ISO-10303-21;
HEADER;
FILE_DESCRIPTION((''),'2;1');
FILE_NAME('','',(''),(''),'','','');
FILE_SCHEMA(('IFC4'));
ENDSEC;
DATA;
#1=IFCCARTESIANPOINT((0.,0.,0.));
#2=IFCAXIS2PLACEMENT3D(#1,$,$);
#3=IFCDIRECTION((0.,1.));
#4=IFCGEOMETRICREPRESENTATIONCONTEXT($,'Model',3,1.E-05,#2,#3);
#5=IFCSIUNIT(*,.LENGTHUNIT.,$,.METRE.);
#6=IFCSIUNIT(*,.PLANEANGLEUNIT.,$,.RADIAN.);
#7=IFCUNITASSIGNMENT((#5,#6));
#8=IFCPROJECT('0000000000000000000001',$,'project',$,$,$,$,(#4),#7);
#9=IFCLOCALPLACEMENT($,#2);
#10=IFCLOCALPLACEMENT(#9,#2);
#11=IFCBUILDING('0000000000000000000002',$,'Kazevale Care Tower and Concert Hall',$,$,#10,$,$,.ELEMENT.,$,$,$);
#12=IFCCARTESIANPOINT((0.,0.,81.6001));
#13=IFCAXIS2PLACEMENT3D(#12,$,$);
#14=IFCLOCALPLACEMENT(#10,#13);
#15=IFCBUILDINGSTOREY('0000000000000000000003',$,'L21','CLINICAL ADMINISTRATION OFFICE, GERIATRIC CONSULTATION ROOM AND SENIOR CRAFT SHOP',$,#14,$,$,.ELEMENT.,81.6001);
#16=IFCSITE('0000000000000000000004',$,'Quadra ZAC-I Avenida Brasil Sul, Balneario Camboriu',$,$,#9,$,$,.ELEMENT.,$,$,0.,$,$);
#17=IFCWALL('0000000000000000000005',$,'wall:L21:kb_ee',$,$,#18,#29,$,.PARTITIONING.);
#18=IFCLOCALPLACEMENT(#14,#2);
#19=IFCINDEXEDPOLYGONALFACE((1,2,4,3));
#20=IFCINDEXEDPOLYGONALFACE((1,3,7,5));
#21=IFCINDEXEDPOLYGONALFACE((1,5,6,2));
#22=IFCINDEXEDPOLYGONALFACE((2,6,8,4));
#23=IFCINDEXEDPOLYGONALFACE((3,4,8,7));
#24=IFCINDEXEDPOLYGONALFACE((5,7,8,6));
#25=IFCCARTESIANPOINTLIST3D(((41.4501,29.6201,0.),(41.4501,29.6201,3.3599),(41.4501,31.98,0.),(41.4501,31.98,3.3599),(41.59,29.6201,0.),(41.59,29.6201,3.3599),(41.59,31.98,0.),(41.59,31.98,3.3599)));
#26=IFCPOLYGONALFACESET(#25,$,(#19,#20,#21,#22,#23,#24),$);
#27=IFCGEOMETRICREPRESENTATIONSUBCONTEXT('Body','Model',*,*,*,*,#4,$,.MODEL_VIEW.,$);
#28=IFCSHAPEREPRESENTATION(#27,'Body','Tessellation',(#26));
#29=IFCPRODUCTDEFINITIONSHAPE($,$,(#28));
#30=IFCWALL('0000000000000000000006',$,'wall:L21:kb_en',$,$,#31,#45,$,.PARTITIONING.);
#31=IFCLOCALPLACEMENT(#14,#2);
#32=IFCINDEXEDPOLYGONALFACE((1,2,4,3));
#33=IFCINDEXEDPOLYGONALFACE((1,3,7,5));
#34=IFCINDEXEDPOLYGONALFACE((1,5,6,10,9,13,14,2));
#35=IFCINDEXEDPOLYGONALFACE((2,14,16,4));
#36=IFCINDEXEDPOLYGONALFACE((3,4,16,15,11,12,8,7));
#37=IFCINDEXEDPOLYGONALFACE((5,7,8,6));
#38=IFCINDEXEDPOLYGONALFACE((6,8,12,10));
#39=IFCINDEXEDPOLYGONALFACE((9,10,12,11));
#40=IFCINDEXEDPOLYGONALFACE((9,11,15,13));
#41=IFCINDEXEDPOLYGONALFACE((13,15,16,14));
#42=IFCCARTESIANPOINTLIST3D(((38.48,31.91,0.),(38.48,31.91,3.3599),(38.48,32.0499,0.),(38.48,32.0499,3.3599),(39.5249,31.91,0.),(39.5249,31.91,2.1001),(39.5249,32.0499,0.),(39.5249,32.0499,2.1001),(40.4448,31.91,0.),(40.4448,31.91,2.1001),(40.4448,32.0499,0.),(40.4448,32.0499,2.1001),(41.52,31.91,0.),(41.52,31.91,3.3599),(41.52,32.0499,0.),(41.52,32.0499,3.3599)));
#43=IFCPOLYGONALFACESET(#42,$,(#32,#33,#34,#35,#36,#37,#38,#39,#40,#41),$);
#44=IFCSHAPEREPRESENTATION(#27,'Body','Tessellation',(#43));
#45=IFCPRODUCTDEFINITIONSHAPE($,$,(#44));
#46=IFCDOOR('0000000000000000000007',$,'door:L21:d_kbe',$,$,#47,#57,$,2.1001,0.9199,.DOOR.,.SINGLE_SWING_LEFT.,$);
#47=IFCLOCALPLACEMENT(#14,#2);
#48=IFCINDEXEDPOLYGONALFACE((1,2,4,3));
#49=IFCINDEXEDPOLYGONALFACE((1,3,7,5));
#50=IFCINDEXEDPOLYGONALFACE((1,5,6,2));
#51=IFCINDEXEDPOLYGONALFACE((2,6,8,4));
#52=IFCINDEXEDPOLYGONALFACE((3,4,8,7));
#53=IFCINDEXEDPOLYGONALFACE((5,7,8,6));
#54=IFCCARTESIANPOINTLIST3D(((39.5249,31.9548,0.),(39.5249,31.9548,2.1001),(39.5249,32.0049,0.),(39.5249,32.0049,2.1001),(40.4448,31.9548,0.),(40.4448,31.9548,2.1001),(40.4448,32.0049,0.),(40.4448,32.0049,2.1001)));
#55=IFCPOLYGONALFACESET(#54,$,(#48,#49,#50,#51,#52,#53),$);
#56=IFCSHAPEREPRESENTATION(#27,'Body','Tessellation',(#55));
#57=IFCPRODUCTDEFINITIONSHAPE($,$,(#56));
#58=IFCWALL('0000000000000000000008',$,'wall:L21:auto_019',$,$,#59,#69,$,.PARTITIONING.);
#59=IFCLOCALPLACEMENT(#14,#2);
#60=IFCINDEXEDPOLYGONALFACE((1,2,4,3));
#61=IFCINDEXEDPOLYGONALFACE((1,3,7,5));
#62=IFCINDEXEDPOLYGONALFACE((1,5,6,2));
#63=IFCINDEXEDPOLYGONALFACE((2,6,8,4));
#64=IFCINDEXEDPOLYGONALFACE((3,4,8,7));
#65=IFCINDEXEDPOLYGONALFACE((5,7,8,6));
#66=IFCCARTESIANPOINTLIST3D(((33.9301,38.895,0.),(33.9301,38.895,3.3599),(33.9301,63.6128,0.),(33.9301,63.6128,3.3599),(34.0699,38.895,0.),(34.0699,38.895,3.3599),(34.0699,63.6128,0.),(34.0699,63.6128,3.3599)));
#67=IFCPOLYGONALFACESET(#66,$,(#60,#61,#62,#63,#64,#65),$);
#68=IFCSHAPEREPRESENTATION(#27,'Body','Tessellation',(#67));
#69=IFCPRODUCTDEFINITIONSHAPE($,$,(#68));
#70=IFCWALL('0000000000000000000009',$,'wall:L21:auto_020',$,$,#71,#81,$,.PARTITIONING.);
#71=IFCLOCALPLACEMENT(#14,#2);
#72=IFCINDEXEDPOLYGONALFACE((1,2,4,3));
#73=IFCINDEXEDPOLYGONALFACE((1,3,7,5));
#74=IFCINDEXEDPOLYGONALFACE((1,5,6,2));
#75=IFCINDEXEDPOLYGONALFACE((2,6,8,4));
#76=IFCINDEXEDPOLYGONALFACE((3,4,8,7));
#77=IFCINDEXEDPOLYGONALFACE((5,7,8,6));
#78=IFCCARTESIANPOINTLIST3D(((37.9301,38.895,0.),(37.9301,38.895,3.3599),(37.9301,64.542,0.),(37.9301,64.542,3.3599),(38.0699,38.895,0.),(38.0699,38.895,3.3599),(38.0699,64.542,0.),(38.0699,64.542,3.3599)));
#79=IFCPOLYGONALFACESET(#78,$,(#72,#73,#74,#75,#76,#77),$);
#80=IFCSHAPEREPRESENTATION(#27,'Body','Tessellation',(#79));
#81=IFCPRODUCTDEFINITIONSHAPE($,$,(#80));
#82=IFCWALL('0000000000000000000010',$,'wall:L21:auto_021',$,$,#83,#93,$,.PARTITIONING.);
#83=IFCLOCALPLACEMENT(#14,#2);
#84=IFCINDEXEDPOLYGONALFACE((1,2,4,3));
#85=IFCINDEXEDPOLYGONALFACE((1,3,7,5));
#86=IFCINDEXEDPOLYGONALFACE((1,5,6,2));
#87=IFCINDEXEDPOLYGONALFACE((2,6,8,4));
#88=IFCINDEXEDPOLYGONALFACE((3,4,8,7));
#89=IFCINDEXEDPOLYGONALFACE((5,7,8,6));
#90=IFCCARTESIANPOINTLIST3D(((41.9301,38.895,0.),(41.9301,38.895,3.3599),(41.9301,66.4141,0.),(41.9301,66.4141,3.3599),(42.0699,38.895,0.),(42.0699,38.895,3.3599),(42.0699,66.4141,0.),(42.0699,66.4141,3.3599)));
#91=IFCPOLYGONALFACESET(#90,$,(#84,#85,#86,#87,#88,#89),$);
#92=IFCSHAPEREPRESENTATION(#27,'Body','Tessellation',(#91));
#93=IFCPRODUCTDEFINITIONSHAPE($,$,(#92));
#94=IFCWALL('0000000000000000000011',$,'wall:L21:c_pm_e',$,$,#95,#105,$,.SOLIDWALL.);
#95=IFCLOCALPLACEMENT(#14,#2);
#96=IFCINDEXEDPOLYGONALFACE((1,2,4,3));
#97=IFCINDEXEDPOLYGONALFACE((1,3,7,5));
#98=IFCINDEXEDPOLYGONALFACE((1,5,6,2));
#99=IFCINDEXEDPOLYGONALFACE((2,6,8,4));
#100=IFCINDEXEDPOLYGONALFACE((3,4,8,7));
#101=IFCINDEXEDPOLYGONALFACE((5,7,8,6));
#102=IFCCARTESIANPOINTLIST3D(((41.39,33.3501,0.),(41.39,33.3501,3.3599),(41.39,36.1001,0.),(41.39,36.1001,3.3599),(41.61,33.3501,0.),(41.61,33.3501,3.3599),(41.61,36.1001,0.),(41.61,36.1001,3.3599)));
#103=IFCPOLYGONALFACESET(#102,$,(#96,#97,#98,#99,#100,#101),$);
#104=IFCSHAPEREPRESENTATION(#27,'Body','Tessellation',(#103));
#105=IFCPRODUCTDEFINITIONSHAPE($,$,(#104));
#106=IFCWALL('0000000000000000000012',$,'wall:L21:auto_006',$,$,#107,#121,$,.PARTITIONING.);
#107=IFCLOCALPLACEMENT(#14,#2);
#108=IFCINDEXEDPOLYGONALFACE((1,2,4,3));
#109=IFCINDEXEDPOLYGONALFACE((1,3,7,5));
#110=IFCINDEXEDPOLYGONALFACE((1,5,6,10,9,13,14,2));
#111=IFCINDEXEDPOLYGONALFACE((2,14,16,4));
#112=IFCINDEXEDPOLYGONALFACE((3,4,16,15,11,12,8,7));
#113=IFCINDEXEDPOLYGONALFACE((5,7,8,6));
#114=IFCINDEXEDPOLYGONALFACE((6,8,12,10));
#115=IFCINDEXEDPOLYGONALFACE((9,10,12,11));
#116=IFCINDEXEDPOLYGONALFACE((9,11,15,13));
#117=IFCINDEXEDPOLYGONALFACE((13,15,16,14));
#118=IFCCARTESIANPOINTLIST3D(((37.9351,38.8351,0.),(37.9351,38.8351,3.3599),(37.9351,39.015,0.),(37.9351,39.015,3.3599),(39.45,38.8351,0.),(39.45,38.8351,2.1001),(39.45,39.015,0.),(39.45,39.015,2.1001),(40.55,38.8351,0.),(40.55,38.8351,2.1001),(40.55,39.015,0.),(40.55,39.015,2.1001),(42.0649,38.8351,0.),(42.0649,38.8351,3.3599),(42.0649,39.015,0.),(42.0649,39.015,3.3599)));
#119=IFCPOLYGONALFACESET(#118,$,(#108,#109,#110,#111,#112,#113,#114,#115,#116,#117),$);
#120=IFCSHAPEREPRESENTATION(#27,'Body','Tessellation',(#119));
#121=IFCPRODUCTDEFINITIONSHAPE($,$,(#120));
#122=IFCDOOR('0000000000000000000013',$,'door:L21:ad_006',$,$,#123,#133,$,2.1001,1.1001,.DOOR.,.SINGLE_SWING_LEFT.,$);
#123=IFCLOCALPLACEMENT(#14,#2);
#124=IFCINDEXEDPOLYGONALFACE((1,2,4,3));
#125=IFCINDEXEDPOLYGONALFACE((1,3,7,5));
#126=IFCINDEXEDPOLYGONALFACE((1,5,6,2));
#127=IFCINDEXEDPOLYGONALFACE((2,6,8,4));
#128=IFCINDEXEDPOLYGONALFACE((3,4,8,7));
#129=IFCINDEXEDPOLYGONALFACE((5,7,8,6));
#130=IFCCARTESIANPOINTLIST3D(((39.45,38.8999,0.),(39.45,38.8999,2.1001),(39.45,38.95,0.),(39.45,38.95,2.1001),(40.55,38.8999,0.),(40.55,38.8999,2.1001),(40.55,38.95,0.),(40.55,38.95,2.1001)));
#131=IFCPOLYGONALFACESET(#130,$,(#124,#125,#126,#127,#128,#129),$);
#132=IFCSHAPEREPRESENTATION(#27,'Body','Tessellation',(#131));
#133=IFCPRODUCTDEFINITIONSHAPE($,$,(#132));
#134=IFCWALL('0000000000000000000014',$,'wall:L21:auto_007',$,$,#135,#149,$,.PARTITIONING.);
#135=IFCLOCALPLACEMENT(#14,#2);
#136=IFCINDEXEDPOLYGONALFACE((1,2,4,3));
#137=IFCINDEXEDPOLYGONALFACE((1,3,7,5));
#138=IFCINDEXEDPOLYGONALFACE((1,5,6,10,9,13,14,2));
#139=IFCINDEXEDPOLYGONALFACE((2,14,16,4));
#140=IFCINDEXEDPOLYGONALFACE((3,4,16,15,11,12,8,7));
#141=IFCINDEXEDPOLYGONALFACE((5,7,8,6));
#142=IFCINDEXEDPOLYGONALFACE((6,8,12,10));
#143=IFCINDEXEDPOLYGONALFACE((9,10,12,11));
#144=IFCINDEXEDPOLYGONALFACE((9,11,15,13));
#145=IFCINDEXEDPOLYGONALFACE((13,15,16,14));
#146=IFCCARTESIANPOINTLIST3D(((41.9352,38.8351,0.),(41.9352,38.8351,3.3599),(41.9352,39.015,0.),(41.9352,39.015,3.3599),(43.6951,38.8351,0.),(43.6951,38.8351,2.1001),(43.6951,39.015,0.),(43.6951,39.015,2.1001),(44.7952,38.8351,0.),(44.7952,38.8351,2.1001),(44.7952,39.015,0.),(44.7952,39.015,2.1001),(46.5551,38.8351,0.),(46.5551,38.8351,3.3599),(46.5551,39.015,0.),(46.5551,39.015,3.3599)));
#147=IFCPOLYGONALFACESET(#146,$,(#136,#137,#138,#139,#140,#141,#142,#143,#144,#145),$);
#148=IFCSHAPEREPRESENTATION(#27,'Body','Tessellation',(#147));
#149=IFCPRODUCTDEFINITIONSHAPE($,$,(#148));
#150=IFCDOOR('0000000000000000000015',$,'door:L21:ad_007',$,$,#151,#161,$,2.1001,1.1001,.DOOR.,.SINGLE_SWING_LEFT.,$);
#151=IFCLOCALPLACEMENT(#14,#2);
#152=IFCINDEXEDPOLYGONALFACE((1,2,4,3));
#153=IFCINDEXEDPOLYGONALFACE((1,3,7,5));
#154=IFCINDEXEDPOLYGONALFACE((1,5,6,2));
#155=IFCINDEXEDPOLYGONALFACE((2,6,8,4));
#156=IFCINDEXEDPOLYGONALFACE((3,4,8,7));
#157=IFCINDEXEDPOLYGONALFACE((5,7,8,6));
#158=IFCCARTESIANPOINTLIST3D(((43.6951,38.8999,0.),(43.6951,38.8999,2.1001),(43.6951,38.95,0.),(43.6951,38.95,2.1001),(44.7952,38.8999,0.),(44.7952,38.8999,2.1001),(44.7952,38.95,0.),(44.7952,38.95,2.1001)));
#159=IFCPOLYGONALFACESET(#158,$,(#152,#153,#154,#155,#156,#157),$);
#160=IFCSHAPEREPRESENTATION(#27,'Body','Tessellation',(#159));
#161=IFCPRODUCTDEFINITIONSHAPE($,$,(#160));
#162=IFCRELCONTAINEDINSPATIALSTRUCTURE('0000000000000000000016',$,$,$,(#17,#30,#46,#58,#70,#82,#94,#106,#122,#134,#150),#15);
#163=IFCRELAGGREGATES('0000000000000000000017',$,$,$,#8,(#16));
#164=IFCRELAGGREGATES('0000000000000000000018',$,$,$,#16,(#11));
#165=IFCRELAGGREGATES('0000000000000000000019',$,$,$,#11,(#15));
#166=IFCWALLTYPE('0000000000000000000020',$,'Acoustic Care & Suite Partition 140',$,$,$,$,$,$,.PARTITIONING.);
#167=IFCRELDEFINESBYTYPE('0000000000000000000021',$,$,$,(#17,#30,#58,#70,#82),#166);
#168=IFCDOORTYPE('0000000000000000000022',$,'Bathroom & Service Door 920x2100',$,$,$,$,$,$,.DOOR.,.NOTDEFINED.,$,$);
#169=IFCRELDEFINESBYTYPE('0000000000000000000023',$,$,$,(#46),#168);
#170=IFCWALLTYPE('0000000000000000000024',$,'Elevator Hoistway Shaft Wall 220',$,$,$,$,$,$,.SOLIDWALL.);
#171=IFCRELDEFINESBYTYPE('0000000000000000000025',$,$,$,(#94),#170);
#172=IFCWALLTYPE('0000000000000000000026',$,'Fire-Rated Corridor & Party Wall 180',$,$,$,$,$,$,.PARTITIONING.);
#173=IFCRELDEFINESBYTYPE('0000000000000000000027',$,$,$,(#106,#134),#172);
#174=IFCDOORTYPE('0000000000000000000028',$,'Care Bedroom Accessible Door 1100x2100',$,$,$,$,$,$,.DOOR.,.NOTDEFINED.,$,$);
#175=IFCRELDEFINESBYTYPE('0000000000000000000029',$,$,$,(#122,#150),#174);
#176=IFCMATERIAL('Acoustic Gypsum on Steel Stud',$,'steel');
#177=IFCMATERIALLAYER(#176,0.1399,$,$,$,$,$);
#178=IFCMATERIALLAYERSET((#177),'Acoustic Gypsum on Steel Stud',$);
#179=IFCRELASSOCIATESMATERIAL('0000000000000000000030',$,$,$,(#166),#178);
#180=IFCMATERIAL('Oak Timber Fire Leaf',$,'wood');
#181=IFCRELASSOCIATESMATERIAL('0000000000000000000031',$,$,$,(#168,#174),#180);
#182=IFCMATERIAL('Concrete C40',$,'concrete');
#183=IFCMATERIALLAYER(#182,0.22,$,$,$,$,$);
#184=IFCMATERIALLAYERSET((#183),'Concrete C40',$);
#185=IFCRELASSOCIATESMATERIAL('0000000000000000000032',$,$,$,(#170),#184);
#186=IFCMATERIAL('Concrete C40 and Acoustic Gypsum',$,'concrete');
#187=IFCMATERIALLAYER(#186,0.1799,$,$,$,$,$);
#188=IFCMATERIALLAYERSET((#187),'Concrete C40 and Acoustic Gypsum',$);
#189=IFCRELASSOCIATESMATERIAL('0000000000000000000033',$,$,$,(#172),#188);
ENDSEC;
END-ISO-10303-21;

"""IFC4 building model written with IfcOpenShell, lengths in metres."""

from ifc_helpers import new_model, si_unit, direction, frame, frame_2d, origin, place, context, subcontext, project, spatial, rectangle, extrude, material, layer, layer_set, type_object, element, fill, save


model = new_model("IFC4")

# Units and contexts
model_context = context("Model", 3, precision=1e-05, world=origin(), true_north=direction((0.0, 1.0)))
body_context = subcontext(model_context, "Body", "Model", "MODEL_VIEW")
ifc_project = project(units=[si_unit("LENGTHUNIT", "METRE"), si_unit("PLANEANGLEUNIT", "RADIAN")], contexts=[model_context])

# Site, building, storey
site_placement = place(None, origin())
site = spatial("IfcSite", under=ifc_project, at=site_placement, Name="Quadra ZAC-I Avenida Brasil Sul, Balneario Camboriu", CompositionType="ELEMENT", RefElevation=0.0)
building_placement = place(site_placement, origin())
building = spatial("IfcBuilding", under=site, at=building_placement, Name="Kazevale Care Tower and Concert Hall", CompositionType="ELEMENT")
storey_placement = place(building_placement, frame((0.0, 0.0, 81.6001)))
storey = spatial("IfcBuildingStorey", under=building, at=storey_placement, Name="L21", Description="CLINICAL ADMINISTRATION OFFICE, GERIATRIC CONSULTATION ROOM AND SENIOR CRAFT SHOP", CompositionType="ELEMENT", Elevation=81.6001)

# Wall
ifc_material_1 = material(Name="Acoustic Gypsum on Steel Stud", Category="steel")
ifc_layer_1 = layer(ifc_material_1, 0.1399)
ifc_layer_set_1 = layer_set([ifc_layer_1], Name="Acoustic Gypsum on Steel Stud")
wall_type_1 = type_object("IfcWallType", Name="Acoustic Care & Suite Partition 140", PredefinedType="PARTITIONING", material=ifc_layer_set_1)
for number, where, z_axis, x_axis, name in (
    (1, (41.52, 29.6201, 0.0), (0.0, 0.0, 1.0), (0.0, 1.0, 0.0), "wall:L21:kb_ee"),
):
    element("IfcWall", number, at=place(storey_placement, frame(where, z_axis=z_axis, x_axis=x_axis)), inside=storey, type_object=wall_type_1, Name=name, PredefinedType="PARTITIONING", context=body_context, shape_type="SweptSolid", body=[
        extrude(rectangle(XDim=2.3599, YDim=0.1399, at=frame_2d((1.1799, 0.0))), origin(), (0.0, 0.0, 1.0), 3.3599),
    ])

# Wall, opening, door
wall_1_placement = place(storey_placement, frame((38.48, 31.98, 0.0), z_axis=(0.0, 0.0, 1.0), x_axis=(1.0, 0.0, 0.0)))
wall_1 = element("IfcWall", 2, at=wall_1_placement, inside=storey, type_object=wall_type_1, Name="wall:L21:kb_en", PredefinedType="PARTITIONING", context=body_context, shape_type="SweptSolid", body=[
    extrude(rectangle(XDim=3.04, YDim=0.1399, at=frame_2d((1.52, 0.0))), origin(), (0.0, 0.0, 1.0), 3.3599),
])
opening_1_placement = place(wall_1_placement, frame((1.0449, 0.0, 0.0)))
opening_1 = element("IfcOpeningElement", 3, at=opening_1_placement, cuts=wall_1, PredefinedType="OPENING", context=body_context, shape_type="SweptSolid", body=[
    extrude(rectangle(XDim=0.9199, YDim=2.1001, at=frame_2d((0.46, 1.05))), frame((0.0, 0.0798, 0.0), z_axis=(0.0, -1.0, 0.0), x_axis=(1.0, 0.0, 0.0)), (0.0, 0.0, 1.0), 0.1599),
])
ifc_material_2 = material(Name="Oak Timber Fire Leaf", Category="wood")
door_type_1 = type_object("IfcDoorType", Name="Bathroom & Service Door 920x2100", OperationType="NOTDEFINED", PredefinedType="DOOR", material=ifc_material_2)
door_1_placement = place(opening_1_placement, origin())
door_1 = element("IfcDoor", 4, at=door_1_placement, inside=storey, type_object=door_type_1, Name="door:L21:d_kbe", OperationType="SINGLE_SWING_LEFT", OverallHeight=2.1001, OverallWidth=0.9199, PredefinedType="DOOR", context=body_context, shape_type="SweptSolid", body=[
    extrude(rectangle(XDim=0.9199, YDim=2.1001, at=frame_2d((0.46, 1.05))), frame((0.0, 0.0249, 0.0), z_axis=(0.0, -1.0, 0.0), x_axis=(1.0, 0.0, 0.0)), (0.0, 0.0, 1.0), 0.05),
])
fill(opening_1, door_1)

# Walls
wall_2_placement = place(storey_placement, frame((34.0, 63.6128, 0.0), z_axis=(0.0, 0.0, 1.0), x_axis=(0.0, -1.0, 0.0)))
element("IfcWall", 5, at=wall_2_placement, inside=storey, type_object=wall_type_1, Name="wall:L21:auto_019", PredefinedType="PARTITIONING", context=body_context, shape_type="SweptSolid", body=[
    extrude(rectangle(XDim=24.7178, YDim=0.1399, at=frame_2d((12.3589, 0.0))), origin(), (0.0, 0.0, 1.0), 3.3599),
])
wall_3_placement = place(storey_placement, frame((38.0, 64.542, 0.0), z_axis=(0.0, 0.0, 1.0), x_axis=(0.0, -1.0, 0.0)))
element("IfcWall", 6, at=wall_3_placement, inside=storey, type_object=wall_type_1, Name="wall:L21:auto_020", PredefinedType="PARTITIONING", context=body_context, shape_type="SweptSolid", body=[
    extrude(rectangle(XDim=25.647, YDim=0.1399, at=frame_2d((12.8235, 0.0))), origin(), (0.0, 0.0, 1.0), 3.3599),
])
wall_4_placement = place(storey_placement, frame((42.0, 66.4141, 0.0), z_axis=(0.0, 0.0, 1.0), x_axis=(0.0, -1.0, 0.0)))
element("IfcWall", 7, at=wall_4_placement, inside=storey, type_object=wall_type_1, Name="wall:L21:auto_021", PredefinedType="PARTITIONING", context=body_context, shape_type="SweptSolid", body=[
    extrude(rectangle(XDim=27.519, YDim=0.1399, at=frame_2d((13.7595, 0.0))), origin(), (0.0, 0.0, 1.0), 3.3599),
])
ifc_material_3 = material(Name="Concrete C40", Category="concrete")
ifc_layer_2 = layer(ifc_material_3, 0.22)
ifc_layer_set_2 = layer_set([ifc_layer_2], Name="Concrete C40")
wall_type_2 = type_object("IfcWallType", Name="Elevator Hoistway Shaft Wall 220", PredefinedType="SOLIDWALL", material=ifc_layer_set_2)
wall_5_placement = place(storey_placement, frame((41.5, 33.3501, 0.0), z_axis=(0.0, 0.0, 1.0), x_axis=(0.0, 1.0, 0.0)))
element("IfcWall", 8, at=wall_5_placement, inside=storey, type_object=wall_type_2, Name="wall:L21:c_pm_e", PredefinedType="SOLIDWALL", context=body_context, shape_type="SweptSolid", body=[
    extrude(rectangle(XDim=2.75, YDim=0.22, at=frame_2d((1.375, 0.0))), origin(), (0.0, 0.0, 1.0), 3.3599),
])

# Walls, openings, doors
ifc_material_4 = material(Name="Concrete C40 and Acoustic Gypsum", Category="concrete")
ifc_layer_3 = layer(ifc_material_4, 0.1799)
ifc_layer_set_3 = layer_set([ifc_layer_3], Name="Concrete C40 and Acoustic Gypsum")
wall_type_3 = type_object("IfcWallType", Name="Fire-Rated Corridor & Party Wall 180", PredefinedType="PARTITIONING", material=ifc_layer_set_3)
wall_6_placement = place(storey_placement, frame((37.9351, 38.925, 0.0), z_axis=(0.0, 0.0, 1.0), x_axis=(1.0, 0.0, 0.0)))
wall_6 = element("IfcWall", 9, at=wall_6_placement, inside=storey, type_object=wall_type_3, Name="wall:L21:auto_006", PredefinedType="PARTITIONING", context=body_context, shape_type="SweptSolid", body=[
    extrude(rectangle(XDim=4.1299, YDim=0.1799, at=frame_2d((2.0649, 0.0))), origin(), (0.0, 0.0, 1.0), 3.3599),
])
opening_2_placement = place(wall_6_placement, frame((1.5149, 0.0, 0.0)))
opening_2 = element("IfcOpeningElement", 10, at=opening_2_placement, cuts=wall_6, PredefinedType="OPENING", context=body_context, shape_type="SweptSolid", body=[
    extrude(rectangle(XDim=1.1001, YDim=2.1001, at=frame_2d((0.55, 1.05))), frame((0.0, 0.0999, 0.0), z_axis=(0.0, -1.0, 0.0), x_axis=(1.0, 0.0, 0.0)), (0.0, 0.0, 1.0), 0.2),
])
door_type_2 = type_object("IfcDoorType", Name="Care Bedroom Accessible Door 1100x2100", OperationType="NOTDEFINED", PredefinedType="DOOR", material=ifc_material_2)
door_2_placement = place(opening_2_placement, origin())
door_2 = element("IfcDoor", 11, at=door_2_placement, inside=storey, type_object=door_type_2, Name="door:L21:ad_006", OperationType="SINGLE_SWING_LEFT", OverallHeight=2.1001, OverallWidth=1.1001, PredefinedType="DOOR", context=body_context, shape_type="SweptSolid", body=[
    extrude(rectangle(XDim=1.1001, YDim=2.1001, at=frame_2d((0.55, 1.05))), frame((0.0, 0.0249, 0.0), z_axis=(0.0, -1.0, 0.0), x_axis=(1.0, 0.0, 0.0)), (0.0, 0.0, 1.0), 0.05),
])
fill(opening_2, door_2)
wall_7_placement = place(storey_placement, frame((41.9351, 38.925, 0.0), z_axis=(0.0, 0.0, 1.0), x_axis=(1.0, 0.0, 0.0)))
wall_7 = element("IfcWall", 12, at=wall_7_placement, inside=storey, type_object=wall_type_3, Name="wall:L21:auto_007", PredefinedType="PARTITIONING", context=body_context, shape_type="SweptSolid", body=[
    extrude(rectangle(XDim=4.6199, YDim=0.1799, at=frame_2d((2.3101, 0.0))), origin(), (0.0, 0.0, 1.0), 3.3599),
])
opening_3_placement = place(wall_7_placement, frame((1.76, 0.0, 0.0)))
opening_3 = element("IfcOpeningElement", 13, at=opening_3_placement, cuts=wall_7, PredefinedType="OPENING", context=body_context, shape_type="SweptSolid", body=[
    extrude(rectangle(XDim=1.1001, YDim=2.1001, at=frame_2d((0.55, 1.05))), frame((0.0, 0.0999, 0.0), z_axis=(0.0, -1.0, 0.0), x_axis=(1.0, 0.0, 0.0)), (0.0, 0.0, 1.0), 0.2),
])
door_3_placement = place(opening_3_placement, origin())
door_3 = element("IfcDoor", 14, at=door_3_placement, inside=storey, type_object=door_type_2, Name="door:L21:ad_007", OperationType="SINGLE_SWING_LEFT", OverallHeight=2.1001, OverallWidth=1.1001, PredefinedType="DOOR", context=body_context, shape_type="SweptSolid", body=[
    extrude(rectangle(XDim=1.1001, YDim=2.1001, at=frame_2d((0.55, 1.05))), frame((0.0, 0.0249, 0.0), z_axis=(0.0, -1.0, 0.0), x_axis=(1.0, 0.0, 0.0)), (0.0, 0.0, 1.0), 0.05),
])
fill(opening_3, door_3)

save(model, "model.ifc")
